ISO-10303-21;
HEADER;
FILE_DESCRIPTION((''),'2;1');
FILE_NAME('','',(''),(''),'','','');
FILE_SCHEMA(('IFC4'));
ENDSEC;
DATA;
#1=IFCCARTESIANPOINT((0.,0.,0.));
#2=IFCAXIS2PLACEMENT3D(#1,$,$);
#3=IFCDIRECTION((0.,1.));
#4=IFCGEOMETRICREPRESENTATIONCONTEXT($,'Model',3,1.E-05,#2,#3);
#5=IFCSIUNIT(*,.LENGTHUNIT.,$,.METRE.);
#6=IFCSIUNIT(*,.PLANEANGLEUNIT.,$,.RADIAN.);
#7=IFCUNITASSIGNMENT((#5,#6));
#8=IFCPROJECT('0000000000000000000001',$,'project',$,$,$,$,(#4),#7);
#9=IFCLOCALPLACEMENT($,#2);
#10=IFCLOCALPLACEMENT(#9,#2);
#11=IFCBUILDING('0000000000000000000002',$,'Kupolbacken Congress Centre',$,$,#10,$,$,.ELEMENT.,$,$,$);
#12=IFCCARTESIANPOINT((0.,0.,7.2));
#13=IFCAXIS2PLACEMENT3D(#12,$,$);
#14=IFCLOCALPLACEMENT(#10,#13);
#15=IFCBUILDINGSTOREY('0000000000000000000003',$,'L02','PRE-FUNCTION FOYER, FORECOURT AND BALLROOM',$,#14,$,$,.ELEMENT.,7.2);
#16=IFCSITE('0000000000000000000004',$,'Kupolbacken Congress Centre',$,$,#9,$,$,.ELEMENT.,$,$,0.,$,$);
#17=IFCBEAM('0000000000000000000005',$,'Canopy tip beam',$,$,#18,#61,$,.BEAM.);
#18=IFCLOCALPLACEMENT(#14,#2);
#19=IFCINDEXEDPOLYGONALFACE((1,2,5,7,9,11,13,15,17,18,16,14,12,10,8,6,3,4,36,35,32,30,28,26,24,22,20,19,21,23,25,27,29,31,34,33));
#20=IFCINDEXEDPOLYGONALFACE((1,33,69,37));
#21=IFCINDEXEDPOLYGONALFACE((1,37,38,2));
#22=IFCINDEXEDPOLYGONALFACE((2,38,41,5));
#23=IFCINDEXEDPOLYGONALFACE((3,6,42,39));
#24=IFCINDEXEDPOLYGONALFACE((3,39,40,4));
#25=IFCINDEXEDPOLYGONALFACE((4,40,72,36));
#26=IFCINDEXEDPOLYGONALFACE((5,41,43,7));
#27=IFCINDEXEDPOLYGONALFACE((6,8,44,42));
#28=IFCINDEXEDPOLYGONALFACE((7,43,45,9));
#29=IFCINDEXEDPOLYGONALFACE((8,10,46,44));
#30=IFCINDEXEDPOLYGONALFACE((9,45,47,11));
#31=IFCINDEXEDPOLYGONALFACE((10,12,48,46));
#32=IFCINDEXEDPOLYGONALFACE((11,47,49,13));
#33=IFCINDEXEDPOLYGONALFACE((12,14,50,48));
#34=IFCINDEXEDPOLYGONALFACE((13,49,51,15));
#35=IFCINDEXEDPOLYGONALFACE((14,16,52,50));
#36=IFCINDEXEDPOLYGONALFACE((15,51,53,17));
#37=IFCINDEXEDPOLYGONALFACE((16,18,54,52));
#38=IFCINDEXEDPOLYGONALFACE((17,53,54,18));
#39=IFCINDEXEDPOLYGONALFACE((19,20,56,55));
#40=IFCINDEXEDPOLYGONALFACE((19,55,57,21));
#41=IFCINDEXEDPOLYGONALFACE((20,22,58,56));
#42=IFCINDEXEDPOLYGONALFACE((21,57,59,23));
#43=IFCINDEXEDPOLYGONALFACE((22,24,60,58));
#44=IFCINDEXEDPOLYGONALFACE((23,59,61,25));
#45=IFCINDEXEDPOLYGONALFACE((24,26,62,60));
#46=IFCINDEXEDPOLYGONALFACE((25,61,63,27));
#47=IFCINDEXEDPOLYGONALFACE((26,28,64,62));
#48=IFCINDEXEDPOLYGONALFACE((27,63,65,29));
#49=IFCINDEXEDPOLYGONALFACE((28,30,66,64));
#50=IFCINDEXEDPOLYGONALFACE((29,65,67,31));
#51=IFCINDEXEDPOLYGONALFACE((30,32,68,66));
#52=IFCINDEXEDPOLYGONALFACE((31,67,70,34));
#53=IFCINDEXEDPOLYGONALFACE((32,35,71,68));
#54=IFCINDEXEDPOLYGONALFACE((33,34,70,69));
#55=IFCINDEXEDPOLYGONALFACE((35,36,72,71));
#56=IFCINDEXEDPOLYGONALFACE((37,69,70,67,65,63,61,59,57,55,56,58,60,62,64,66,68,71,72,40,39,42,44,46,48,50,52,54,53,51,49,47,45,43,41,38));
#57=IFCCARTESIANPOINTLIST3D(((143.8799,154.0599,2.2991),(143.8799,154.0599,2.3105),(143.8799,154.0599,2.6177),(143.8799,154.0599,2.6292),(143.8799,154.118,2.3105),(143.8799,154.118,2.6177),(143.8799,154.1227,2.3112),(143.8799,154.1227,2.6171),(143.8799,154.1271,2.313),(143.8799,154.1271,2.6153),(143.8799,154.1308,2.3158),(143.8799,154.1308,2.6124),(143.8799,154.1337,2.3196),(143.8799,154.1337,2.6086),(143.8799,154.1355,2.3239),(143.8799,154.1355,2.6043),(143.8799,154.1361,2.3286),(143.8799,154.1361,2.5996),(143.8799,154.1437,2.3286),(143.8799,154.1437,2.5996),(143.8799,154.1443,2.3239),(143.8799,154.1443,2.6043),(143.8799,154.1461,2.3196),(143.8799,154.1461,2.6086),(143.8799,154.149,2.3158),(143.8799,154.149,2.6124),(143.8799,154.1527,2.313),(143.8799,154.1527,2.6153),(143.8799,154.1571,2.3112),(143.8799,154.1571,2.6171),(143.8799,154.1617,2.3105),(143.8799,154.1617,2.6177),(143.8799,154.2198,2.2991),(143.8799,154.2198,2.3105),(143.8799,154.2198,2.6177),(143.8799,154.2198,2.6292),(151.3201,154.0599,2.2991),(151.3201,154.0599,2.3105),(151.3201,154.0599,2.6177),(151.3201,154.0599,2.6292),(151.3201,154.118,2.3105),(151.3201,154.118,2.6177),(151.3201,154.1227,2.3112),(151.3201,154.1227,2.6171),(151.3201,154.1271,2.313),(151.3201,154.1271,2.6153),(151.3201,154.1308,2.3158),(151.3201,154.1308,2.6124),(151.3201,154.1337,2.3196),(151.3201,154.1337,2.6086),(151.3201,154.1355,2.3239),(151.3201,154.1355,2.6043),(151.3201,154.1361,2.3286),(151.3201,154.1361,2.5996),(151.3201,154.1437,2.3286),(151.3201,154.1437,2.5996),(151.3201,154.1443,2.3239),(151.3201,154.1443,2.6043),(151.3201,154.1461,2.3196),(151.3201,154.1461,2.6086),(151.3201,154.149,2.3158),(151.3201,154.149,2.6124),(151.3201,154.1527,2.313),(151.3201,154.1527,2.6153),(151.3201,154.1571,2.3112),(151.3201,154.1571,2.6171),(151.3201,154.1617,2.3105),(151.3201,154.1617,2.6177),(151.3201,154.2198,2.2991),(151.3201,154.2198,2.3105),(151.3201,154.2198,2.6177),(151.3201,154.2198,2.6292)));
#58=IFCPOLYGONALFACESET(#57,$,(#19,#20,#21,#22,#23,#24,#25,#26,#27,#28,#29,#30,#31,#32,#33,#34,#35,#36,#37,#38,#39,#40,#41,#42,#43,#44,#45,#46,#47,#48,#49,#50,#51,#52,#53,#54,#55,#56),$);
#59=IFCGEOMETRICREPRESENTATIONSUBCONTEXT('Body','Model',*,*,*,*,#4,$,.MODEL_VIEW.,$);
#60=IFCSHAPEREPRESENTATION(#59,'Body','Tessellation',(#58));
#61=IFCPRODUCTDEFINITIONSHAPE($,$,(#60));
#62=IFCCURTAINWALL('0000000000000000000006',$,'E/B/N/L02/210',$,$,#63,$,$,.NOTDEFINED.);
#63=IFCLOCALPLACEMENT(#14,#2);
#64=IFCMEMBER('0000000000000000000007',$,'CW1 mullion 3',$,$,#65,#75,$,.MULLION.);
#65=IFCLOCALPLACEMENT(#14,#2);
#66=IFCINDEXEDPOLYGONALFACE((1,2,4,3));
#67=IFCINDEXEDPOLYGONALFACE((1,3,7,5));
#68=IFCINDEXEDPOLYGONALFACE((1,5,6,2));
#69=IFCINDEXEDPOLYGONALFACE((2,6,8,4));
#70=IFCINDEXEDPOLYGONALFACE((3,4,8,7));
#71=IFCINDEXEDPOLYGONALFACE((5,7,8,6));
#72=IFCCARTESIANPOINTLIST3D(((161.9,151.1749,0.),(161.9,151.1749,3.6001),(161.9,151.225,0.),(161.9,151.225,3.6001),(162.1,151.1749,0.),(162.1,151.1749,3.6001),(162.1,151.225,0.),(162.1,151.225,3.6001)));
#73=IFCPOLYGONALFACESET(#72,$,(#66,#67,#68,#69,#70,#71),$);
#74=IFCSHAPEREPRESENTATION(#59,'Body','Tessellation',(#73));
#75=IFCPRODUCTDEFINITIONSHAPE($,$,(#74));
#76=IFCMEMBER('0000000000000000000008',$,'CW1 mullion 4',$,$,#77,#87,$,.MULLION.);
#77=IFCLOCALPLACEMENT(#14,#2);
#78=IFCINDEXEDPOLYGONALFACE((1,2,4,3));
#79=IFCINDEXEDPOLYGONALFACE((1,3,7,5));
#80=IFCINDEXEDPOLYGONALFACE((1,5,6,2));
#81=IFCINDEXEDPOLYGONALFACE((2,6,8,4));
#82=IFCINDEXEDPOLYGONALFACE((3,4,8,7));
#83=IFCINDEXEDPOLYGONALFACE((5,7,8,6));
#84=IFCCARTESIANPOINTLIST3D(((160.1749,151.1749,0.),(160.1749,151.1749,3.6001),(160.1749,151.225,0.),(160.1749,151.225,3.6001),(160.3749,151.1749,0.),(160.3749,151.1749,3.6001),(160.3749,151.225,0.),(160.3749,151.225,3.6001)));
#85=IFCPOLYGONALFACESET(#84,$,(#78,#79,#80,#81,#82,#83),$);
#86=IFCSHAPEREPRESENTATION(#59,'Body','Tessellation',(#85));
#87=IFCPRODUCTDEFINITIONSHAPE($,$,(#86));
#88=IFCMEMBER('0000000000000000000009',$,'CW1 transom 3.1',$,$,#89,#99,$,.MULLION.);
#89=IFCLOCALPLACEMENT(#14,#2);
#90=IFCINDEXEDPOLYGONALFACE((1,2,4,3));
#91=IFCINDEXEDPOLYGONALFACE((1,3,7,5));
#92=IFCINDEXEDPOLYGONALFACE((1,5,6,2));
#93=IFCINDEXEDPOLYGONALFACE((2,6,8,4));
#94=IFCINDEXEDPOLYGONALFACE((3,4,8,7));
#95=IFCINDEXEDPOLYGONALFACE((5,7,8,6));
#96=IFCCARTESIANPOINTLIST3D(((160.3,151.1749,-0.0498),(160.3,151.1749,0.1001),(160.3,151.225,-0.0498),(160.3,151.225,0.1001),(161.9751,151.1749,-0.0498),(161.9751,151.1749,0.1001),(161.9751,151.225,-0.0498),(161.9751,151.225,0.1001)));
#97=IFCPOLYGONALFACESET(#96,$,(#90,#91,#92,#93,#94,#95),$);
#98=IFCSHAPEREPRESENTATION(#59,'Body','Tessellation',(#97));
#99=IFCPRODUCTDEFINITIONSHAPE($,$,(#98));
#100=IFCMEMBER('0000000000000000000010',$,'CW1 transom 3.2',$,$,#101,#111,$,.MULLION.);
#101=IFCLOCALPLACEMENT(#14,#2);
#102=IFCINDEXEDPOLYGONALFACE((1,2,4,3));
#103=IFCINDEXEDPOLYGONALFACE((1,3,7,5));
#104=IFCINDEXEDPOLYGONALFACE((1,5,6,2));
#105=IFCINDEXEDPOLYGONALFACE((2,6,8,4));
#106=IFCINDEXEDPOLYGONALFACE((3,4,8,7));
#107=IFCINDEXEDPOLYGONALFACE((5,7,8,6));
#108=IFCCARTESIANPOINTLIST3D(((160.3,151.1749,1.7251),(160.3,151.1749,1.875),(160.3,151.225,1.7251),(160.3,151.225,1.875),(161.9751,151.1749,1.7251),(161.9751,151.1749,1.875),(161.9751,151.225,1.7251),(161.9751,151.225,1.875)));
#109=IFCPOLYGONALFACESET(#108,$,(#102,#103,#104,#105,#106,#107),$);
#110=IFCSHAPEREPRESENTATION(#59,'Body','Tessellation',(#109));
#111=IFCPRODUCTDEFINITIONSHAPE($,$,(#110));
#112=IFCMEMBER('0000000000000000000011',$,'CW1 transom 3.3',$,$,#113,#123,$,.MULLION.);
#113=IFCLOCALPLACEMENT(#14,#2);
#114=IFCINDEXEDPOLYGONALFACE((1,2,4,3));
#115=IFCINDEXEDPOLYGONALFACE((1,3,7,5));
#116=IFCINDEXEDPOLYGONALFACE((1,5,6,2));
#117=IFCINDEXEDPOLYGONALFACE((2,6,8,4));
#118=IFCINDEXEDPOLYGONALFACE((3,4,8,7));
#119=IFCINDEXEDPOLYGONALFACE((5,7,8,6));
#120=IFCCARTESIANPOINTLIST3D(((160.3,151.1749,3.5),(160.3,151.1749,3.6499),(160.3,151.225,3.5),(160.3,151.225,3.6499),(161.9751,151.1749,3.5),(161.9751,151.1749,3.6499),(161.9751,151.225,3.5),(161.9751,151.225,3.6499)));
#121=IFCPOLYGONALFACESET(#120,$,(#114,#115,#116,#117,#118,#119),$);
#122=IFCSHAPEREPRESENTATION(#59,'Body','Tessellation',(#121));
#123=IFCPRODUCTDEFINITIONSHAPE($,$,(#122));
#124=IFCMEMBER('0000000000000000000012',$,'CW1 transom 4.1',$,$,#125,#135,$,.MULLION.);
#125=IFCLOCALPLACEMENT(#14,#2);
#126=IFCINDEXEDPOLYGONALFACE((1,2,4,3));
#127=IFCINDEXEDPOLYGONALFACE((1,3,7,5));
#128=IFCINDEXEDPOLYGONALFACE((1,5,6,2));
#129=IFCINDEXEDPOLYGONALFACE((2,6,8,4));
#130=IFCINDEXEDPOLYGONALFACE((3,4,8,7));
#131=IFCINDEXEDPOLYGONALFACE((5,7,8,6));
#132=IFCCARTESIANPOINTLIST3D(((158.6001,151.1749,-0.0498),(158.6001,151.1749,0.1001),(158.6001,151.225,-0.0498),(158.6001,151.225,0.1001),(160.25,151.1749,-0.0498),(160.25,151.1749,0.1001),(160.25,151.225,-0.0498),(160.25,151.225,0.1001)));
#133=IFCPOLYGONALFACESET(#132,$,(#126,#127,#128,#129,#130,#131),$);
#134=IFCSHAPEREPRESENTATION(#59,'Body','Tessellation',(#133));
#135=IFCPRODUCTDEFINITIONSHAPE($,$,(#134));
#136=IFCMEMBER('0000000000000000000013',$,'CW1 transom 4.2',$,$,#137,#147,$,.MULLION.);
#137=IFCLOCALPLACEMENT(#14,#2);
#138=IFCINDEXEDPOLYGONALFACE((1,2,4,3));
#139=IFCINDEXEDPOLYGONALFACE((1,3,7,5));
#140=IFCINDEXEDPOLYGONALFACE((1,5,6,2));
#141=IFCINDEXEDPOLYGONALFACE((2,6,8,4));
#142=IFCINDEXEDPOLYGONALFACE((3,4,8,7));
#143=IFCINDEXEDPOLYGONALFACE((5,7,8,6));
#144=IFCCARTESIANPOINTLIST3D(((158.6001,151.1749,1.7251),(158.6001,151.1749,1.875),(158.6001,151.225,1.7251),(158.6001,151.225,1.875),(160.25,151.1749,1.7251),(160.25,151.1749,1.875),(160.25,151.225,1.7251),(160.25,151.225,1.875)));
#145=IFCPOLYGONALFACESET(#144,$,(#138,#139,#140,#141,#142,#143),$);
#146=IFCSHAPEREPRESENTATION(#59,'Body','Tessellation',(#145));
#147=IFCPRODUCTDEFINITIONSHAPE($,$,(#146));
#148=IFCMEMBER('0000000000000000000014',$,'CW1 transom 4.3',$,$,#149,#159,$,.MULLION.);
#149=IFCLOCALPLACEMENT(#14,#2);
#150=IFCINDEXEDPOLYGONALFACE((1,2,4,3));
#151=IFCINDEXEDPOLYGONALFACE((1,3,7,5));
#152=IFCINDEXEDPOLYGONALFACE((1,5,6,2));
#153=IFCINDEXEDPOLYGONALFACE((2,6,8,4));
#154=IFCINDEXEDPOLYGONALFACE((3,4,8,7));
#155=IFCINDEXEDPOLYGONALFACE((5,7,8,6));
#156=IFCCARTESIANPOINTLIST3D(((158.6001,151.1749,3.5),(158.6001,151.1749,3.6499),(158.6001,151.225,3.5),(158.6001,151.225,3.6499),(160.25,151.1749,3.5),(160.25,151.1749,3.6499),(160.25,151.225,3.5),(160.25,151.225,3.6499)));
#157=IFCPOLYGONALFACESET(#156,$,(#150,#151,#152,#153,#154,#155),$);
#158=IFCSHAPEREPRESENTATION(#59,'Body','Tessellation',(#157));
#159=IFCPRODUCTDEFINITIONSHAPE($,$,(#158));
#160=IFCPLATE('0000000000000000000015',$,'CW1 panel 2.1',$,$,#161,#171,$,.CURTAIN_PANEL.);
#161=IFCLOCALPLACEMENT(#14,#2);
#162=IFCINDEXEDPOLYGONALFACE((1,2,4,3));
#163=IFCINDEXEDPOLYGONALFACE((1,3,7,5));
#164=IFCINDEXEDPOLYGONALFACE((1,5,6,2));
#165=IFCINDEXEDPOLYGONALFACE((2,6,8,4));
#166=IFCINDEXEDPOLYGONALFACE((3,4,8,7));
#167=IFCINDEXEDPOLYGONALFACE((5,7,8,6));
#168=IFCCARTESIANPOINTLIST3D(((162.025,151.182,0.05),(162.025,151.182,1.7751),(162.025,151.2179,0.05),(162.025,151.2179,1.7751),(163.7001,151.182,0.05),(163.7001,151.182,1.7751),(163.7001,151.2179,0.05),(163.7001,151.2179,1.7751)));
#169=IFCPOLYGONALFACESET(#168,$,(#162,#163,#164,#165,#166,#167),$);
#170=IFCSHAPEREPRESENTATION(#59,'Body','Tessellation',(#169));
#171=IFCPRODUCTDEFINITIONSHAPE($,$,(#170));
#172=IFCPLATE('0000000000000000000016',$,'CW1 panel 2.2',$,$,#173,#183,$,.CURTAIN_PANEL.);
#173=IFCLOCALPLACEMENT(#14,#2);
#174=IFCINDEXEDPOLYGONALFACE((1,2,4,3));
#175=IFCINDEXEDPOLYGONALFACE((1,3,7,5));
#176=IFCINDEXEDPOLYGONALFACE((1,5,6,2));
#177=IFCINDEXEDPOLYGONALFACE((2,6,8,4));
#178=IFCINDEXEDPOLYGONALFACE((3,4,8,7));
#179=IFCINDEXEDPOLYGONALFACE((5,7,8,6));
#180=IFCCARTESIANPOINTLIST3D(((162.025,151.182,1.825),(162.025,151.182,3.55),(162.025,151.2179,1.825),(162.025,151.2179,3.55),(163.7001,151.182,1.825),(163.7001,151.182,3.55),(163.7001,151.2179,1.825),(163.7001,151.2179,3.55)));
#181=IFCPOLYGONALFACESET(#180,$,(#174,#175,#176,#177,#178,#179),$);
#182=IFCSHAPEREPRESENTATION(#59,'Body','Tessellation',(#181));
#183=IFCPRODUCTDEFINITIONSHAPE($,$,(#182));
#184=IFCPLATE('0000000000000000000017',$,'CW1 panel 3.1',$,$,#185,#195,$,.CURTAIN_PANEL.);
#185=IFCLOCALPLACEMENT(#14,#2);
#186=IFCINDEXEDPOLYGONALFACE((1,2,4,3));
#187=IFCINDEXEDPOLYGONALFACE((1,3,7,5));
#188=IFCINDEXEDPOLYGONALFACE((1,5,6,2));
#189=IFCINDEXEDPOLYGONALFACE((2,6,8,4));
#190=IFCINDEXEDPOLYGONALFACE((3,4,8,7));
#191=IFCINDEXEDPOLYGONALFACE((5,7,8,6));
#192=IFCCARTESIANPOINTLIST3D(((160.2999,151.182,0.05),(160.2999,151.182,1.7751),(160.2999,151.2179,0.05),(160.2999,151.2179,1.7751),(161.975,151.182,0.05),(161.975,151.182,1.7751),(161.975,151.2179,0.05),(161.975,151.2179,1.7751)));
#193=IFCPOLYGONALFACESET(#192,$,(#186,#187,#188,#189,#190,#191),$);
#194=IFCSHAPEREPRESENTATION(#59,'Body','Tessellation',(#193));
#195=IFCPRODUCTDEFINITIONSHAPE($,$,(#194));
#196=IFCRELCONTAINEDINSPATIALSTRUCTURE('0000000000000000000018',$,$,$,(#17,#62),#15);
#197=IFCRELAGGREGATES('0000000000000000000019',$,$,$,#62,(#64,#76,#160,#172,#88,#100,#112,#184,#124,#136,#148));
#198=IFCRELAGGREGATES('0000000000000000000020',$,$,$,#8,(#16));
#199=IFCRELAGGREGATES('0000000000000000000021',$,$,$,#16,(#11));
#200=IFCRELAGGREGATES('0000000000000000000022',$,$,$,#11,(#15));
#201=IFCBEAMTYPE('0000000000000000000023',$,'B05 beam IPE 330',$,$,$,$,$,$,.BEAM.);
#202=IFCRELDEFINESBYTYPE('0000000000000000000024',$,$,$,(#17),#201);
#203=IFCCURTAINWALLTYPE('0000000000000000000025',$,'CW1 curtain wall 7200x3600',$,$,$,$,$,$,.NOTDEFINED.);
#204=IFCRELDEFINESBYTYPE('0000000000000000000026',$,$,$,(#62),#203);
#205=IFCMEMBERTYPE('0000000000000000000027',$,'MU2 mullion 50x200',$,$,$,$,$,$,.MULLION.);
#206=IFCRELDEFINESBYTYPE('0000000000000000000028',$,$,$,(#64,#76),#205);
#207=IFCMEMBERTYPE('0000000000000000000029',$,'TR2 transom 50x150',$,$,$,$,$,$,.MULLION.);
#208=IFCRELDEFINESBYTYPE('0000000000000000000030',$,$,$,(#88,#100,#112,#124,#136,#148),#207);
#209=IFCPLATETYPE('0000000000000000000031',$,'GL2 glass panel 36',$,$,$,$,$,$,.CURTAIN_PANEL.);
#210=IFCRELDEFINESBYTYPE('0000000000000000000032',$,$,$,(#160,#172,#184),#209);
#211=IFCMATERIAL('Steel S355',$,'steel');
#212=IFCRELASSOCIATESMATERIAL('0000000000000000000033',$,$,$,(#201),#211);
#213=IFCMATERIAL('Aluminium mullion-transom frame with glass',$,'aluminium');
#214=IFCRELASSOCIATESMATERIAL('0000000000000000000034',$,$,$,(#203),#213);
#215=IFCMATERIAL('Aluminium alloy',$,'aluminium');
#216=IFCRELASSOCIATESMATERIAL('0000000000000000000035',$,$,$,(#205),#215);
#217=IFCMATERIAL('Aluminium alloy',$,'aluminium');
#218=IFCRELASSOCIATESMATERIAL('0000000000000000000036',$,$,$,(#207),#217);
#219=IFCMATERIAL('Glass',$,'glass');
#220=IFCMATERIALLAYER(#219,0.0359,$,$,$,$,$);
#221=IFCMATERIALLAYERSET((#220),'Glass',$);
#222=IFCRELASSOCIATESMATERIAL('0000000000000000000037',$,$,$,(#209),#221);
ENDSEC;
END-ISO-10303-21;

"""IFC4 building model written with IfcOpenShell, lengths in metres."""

from ifc_helpers import new_model, si_unit, direction, frame, origin, origin_2d, place, context, subcontext, project, spatial, rectangle, i_section, extrude, material, layer, layer_set, material_profile, profile_set, type_object, element, aggregate, save


model = new_model("IFC4")

# Units and contexts
model_context = context("Model", 3, precision=1e-05, world=origin(), true_north=direction((0.0, 1.0)))
body_context = subcontext(model_context, "Body", "Model", "MODEL_VIEW")
ifc_project = project(units=[si_unit("LENGTHUNIT", "METRE"), si_unit("PLANEANGLEUNIT", "RADIAN")], contexts=[model_context])

# Site, building, storey
site_placement = place(None, origin())
site = spatial("IfcSite", under=ifc_project, at=site_placement, Name="Kupolbacken Congress Centre", CompositionType="ELEMENT", RefElevation=0.0)
building_placement = place(site_placement, origin())
building = spatial("IfcBuilding", under=site, at=building_placement, Name="Kupolbacken Congress Centre", CompositionType="ELEMENT")
storey_placement = place(building_placement, frame((0.0, 0.0, 7.2)))
storey = spatial("IfcBuildingStorey", under=building, at=storey_placement, Name="L02", Description="PRE-FUNCTION FOYER, FORECOURT AND BALLROOM", CompositionType="ELEMENT", Elevation=7.2)

# Beam
ifc_material_1 = material(Name="Steel S355", Category="steel")
ifc_material_profile_1 = material_profile(ifc_material_1, i_section(OverallWidth=0.1599, OverallDepth=0.3301, WebThickness=0.0076, FlangeThickness=0.0115, FilletRadius=0.0181, at=origin_2d()), Name="IPE 330")
ifc_profile_set_1 = profile_set([ifc_material_profile_1], Name="Steel S355")
beam_type = type_object("IfcBeamType", Name="B05 beam IPE 330", PredefinedType="BEAM", material=ifc_profile_set_1)
beam_placement = place(storey_placement, frame((151.3201, 154.1399, 2.4641), z_axis=(-1.0, 0.0, 0.0), x_axis=(0.0, -1.0, 0.0)))
element("IfcBeam", 1, at=beam_placement, inside=storey, type_object=beam_type, Name="Canopy tip beam", PredefinedType="BEAM", context=body_context, shape_type="SweptSolid", body=[
    extrude(i_section(OverallWidth=0.1599, OverallDepth=0.3301, WebThickness=0.0076, FlangeThickness=0.0115, FilletRadius=0.0181, at=origin_2d()), origin(), (0.0, 0.0, 1.0), 7.4402),
])

# Curtain wall, members, plates
ifc_material_2 = material(Name="Aluminium mullion-transom frame with glass", Category="aluminium")
curtain_wall_type = type_object("IfcCurtainWallType", Name="CW1 curtain wall 7200x3600", PredefinedType="NOTDEFINED", material=ifc_material_2)
curtain_wall_placement = place(storey_placement, origin())
curtain_wall = element("IfcCurtainWall", 2, at=curtain_wall_placement, inside=storey, type_object=curtain_wall_type, Name="E/B/N/L02/210", PredefinedType="NOTDEFINED")
ifc_material_3 = material(Name="Aluminium alloy", Category="aluminium")
ifc_material_profile_2 = material_profile(ifc_material_3, rectangle(XDim=0.05, YDim=0.2, at=origin_2d()), Name="50 x 200")
ifc_profile_set_2 = profile_set([ifc_material_profile_2], Name="Aluminium alloy")
member_type_1 = type_object("IfcMemberType", Name="MU2 mullion 50x200", PredefinedType="MULLION", material=ifc_profile_set_2)
member_1_placement = place(storey_placement, frame((162.0, 151.2, 0.0), z_axis=(0.0, 0.0, 1.0), x_axis=(0.0, -1.0, 0.0)))
member_1 = element("IfcMember", 3, at=member_1_placement, type_object=member_type_1, Name="CW1 mullion 3", PredefinedType="MULLION", context=body_context, shape_type="SweptSolid", body=[
    extrude(rectangle(XDim=0.05, YDim=0.2, at=origin_2d()), origin(), (0.0, 0.0, 1.0), 3.6001),
])
member_2_placement = place(storey_placement, frame((160.2749, 151.2, 0.0), z_axis=(0.0, 0.0, 1.0), x_axis=(0.0, -1.0, 0.0)))
member_2 = element("IfcMember", 4, at=member_2_placement, type_object=member_type_1, Name="CW1 mullion 4", PredefinedType="MULLION", context=body_context, shape_type="SweptSolid", body=[
    extrude(rectangle(XDim=0.05, YDim=0.2, at=origin_2d()), origin(), (0.0, 0.0, 1.0), 3.6001),
])
ifc_material_4 = material(Name="Aluminium alloy", Category="aluminium")
ifc_material_profile_3 = material_profile(ifc_material_4, rectangle(XDim=0.05, YDim=0.1499, at=origin_2d()), Name="50 x 150")
ifc_profile_set_3 = profile_set([ifc_material_profile_3], Name="Aluminium alloy")
member_type_2 = type_object("IfcMemberType", Name="TR2 transom 50x150", PredefinedType="MULLION", material=ifc_profile_set_3)
member_3_placement = place(storey_placement, frame((161.9751, 151.2, 0.0251), z_axis=(-1.0, 0.0, 0.0), x_axis=(0.0, -1.0, 0.0)))
member_3 = element("IfcMember", 5, at=member_3_placement, type_object=member_type_2, Name="CW1 transom 3.1", PredefinedType="MULLION", context=body_context, shape_type="SweptSolid", body=[
    extrude(rectangle(XDim=0.05, YDim=0.1499, at=origin_2d()), origin(), (0.0, 0.0, 1.0), 1.675),
])
member_4_placement = place(storey_placement, frame((161.9751, 151.2, 1.8), z_axis=(-1.0, 0.0, 0.0), x_axis=(0.0, -1.0, 0.0)))
member_4 = element("IfcMember", 6, at=member_4_placement, type_object=member_type_2, Name="CW1 transom 3.2", PredefinedType="MULLION", context=body_context, shape_type="SweptSolid", body=[
    extrude(rectangle(XDim=0.05, YDim=0.1499, at=origin_2d()), origin(), (0.0, 0.0, 1.0), 1.675),
])
member_5_placement = place(storey_placement, frame((161.9751, 151.2, 3.575), z_axis=(-1.0, 0.0, 0.0), x_axis=(0.0, -1.0, 0.0)))
member_5 = element("IfcMember", 7, at=member_5_placement, type_object=member_type_2, Name="CW1 transom 3.3", PredefinedType="MULLION", context=body_context, shape_type="SweptSolid", body=[
    extrude(rectangle(XDim=0.05, YDim=0.1499, at=origin_2d()), origin(), (0.0, 0.0, 1.0), 1.675),
])
member_6_placement = place(storey_placement, frame((160.25, 151.2, 0.0251), z_axis=(-1.0, 0.0, 0.0), x_axis=(0.0, -1.0, 0.0)))
member_6 = element("IfcMember", 8, at=member_6_placement, type_object=member_type_2, Name="CW1 transom 4.1", PredefinedType="MULLION", context=body_context, shape_type="SweptSolid", body=[
    extrude(rectangle(XDim=0.05, YDim=0.1499, at=origin_2d()), origin(), (0.0, 0.0, 1.0), 1.6499),
])
member_7_placement = place(storey_placement, frame((160.25, 151.2, 1.8), z_axis=(-1.0, 0.0, 0.0), x_axis=(0.0, -1.0, 0.0)))
member_7 = element("IfcMember", 9, at=member_7_placement, type_object=member_type_2, Name="CW1 transom 4.2", PredefinedType="MULLION", context=body_context, shape_type="SweptSolid", body=[
    extrude(rectangle(XDim=0.05, YDim=0.1499, at=origin_2d()), origin(), (0.0, 0.0, 1.0), 1.6499),
])
member_8_placement = place(storey_placement, frame((160.25, 151.2, 3.575), z_axis=(-1.0, 0.0, 0.0), x_axis=(0.0, -1.0, 0.0)))
member_8 = element("IfcMember", 10, at=member_8_placement, type_object=member_type_2, Name="CW1 transom 4.3", PredefinedType="MULLION", context=body_context, shape_type="SweptSolid", body=[
    extrude(rectangle(XDim=0.05, YDim=0.1499, at=origin_2d()), origin(), (0.0, 0.0, 1.0), 1.6499),
])
ifc_material_5 = material(Name="Glass", Category="glass")
ifc_layer_1 = layer(ifc_material_5, 0.0359)
ifc_layer_set_1 = layer_set([ifc_layer_1], Name="Glass")
plate_type = type_object("IfcPlateType", Name="GL2 glass panel 36", PredefinedType="CURTAIN_PANEL", material=ifc_layer_set_1)
plate_1_placement = place(storey_placement, frame((162.8625, 151.2, 0.05), z_axis=(0.0, 0.0, 1.0), x_axis=(-1.0, 0.0, 0.0)))
plate_1 = element("IfcPlate", 11, at=plate_1_placement, type_object=plate_type, Name="CW1 panel 2.1", PredefinedType="CURTAIN_PANEL", context=body_context, shape_type="SweptSolid", body=[
    extrude(rectangle(XDim=1.675, YDim=0.0359, at=origin_2d()), origin(), (0.0, 0.0, 1.0), 1.7251),
])
plate_2_placement = place(storey_placement, frame((162.8625, 151.2, 1.825), z_axis=(0.0, 0.0, 1.0), x_axis=(-1.0, 0.0, 0.0)))
plate_2 = element("IfcPlate", 12, at=plate_2_placement, type_object=plate_type, Name="CW1 panel 2.2", PredefinedType="CURTAIN_PANEL", context=body_context, shape_type="SweptSolid", body=[
    extrude(rectangle(XDim=1.675, YDim=0.0359, at=origin_2d()), origin(), (0.0, 0.0, 1.0), 1.7251),
])
plate_3_placement = place(storey_placement, frame((161.1375, 151.2, 0.05), z_axis=(0.0, 0.0, 1.0), x_axis=(-1.0, 0.0, 0.0)))
plate_3 = element("IfcPlate", 13, at=plate_3_placement, type_object=plate_type, Name="CW1 panel 3.1", PredefinedType="CURTAIN_PANEL", context=body_context, shape_type="SweptSolid", body=[
    extrude(rectangle(XDim=1.675, YDim=0.0359, at=origin_2d()), origin(), (0.0, 0.0, 1.0), 1.7251),
])
aggregate(curtain_wall, [member_1, member_2, plate_1, plate_2, member_3, member_4, member_5, plate_3, member_6, member_7, member_8])

save(model, "model.ifc")
